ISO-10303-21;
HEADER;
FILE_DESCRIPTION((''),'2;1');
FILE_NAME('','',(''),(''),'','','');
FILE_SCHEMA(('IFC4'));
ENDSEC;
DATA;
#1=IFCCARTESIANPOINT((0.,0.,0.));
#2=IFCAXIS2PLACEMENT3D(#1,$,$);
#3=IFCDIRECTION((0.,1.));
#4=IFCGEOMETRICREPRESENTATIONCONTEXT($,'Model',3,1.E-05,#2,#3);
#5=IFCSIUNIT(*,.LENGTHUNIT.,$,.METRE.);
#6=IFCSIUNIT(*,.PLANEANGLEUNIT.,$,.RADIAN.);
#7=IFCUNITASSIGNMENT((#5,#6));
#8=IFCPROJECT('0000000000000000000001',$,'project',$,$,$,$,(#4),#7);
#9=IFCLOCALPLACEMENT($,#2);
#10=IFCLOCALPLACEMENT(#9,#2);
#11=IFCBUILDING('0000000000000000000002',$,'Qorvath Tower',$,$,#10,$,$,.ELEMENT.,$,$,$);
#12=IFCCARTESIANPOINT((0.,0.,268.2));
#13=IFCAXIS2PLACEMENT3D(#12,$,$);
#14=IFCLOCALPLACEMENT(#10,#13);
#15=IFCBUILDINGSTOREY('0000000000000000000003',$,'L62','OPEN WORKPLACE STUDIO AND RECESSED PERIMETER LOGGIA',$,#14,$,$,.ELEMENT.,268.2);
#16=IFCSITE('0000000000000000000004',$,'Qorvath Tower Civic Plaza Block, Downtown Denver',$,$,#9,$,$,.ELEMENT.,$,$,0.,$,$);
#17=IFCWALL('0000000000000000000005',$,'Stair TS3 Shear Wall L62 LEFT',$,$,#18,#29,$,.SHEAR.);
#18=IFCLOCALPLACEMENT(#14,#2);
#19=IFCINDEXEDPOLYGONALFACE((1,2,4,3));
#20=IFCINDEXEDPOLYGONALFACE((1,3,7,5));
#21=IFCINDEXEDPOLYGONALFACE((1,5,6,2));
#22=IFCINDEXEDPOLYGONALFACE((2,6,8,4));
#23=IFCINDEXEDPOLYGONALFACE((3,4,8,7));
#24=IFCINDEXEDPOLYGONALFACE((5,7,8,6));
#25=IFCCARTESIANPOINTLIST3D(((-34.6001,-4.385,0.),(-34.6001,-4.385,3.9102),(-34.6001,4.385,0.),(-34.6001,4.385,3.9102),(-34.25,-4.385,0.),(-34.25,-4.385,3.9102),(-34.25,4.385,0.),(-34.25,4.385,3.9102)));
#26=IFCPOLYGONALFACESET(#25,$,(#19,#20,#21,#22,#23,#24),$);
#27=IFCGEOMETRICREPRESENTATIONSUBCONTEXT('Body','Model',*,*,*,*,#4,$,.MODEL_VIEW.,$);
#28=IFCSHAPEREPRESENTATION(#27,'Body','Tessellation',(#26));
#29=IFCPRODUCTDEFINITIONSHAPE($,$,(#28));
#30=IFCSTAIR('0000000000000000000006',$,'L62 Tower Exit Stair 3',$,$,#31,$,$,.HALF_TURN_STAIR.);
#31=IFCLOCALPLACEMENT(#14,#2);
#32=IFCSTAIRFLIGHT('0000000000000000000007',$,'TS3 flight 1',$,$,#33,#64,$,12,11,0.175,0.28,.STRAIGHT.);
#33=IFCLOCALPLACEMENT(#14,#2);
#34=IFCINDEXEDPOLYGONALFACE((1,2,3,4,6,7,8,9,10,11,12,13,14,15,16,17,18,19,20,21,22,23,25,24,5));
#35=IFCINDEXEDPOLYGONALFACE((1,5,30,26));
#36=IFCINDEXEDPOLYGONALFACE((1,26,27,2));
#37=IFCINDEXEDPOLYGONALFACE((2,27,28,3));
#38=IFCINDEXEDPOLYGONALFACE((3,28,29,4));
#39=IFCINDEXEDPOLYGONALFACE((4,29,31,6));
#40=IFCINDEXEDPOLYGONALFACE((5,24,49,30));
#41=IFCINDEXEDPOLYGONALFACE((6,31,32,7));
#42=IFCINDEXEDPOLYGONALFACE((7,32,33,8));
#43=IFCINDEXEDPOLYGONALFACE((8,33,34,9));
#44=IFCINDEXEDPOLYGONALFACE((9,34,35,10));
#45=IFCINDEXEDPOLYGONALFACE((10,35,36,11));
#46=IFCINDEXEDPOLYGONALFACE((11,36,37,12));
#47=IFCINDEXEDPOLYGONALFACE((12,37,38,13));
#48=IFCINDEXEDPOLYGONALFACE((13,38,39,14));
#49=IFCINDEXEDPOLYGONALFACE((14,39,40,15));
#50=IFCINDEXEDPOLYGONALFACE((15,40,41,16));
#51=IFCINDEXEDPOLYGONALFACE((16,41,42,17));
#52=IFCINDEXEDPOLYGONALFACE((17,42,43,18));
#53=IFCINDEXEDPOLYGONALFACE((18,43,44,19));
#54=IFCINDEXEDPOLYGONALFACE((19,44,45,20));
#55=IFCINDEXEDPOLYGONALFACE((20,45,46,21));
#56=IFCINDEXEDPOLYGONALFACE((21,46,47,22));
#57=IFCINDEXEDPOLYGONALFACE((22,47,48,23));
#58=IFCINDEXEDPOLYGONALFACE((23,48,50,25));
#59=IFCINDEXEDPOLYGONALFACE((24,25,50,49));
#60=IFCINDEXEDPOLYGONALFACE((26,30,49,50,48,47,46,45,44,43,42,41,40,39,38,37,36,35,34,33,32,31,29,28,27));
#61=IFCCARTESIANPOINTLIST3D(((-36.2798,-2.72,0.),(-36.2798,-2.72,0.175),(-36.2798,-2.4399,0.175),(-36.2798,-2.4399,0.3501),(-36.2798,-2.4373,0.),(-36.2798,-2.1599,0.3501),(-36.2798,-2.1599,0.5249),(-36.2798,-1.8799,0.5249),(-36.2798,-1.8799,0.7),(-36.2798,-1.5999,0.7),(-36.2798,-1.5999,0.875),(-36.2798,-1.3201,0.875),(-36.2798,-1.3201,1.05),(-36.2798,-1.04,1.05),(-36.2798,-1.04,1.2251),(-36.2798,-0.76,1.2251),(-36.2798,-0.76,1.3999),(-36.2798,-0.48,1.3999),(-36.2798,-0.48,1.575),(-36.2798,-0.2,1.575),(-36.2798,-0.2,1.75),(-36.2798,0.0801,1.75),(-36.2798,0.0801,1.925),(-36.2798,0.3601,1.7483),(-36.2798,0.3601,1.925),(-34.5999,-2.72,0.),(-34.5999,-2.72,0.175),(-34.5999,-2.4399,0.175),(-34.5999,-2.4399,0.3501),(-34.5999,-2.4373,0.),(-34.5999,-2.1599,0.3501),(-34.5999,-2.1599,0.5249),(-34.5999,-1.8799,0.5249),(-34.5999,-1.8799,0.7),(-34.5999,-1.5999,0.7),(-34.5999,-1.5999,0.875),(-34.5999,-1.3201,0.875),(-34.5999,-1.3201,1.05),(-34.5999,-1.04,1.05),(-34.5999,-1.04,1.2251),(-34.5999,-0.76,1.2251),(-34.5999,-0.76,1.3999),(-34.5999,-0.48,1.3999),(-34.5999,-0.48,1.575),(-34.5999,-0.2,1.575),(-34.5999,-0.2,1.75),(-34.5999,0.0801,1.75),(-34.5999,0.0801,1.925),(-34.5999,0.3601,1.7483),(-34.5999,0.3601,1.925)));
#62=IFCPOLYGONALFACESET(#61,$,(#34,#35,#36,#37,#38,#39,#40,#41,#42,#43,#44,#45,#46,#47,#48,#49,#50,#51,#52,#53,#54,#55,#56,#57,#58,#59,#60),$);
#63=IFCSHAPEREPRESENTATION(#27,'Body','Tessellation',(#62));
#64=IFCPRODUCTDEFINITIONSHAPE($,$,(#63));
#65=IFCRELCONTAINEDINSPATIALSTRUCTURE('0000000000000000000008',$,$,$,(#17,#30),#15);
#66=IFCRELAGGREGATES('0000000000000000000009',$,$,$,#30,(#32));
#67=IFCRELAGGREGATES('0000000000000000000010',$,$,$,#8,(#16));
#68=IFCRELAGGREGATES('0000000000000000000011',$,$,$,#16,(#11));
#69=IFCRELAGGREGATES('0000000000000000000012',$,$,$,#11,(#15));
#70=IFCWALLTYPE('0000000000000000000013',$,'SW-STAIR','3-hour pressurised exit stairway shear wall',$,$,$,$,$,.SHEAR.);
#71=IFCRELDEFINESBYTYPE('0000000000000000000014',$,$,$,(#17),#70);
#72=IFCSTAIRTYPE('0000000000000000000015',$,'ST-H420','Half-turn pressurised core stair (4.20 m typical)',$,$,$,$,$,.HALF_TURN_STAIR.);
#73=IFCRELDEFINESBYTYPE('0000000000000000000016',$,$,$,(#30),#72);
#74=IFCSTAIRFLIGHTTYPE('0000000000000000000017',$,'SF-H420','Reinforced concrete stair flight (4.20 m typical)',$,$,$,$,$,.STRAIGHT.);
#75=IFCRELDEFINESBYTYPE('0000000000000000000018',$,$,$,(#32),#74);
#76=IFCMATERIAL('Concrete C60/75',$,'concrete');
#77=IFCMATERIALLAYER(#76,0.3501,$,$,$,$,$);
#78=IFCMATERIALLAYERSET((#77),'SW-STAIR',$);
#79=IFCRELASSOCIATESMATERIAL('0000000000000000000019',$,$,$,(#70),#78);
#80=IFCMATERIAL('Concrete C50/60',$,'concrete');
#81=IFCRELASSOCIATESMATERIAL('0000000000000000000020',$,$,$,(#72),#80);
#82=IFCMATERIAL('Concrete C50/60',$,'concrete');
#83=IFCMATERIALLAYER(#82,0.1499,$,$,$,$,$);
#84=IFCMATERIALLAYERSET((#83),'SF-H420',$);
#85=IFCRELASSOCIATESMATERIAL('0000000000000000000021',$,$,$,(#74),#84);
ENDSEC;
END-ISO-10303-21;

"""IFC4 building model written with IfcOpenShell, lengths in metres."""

from ifc_helpers import new_model, si_unit, direction, frame, frame_2d, origin, place, context, subcontext, project, spatial, polyline, rectangle, outline, extrude, material, layer, layer_set, type_object, element, aggregate, save


model = new_model("IFC4")

# Units and contexts
model_context = context("Model", 3, precision=1e-05, world=origin(), true_north=direction((0.0, 1.0)))
body_context = subcontext(model_context, "Body", "Model", "MODEL_VIEW")
ifc_project = project(units=[si_unit("LENGTHUNIT", "METRE"), si_unit("PLANEANGLEUNIT", "RADIAN")], contexts=[model_context])

# Site, building, storey
site_placement = place(None, origin())
site = spatial("IfcSite", under=ifc_project, at=site_placement, Name="Qorvath Tower Civic Plaza Block, Downtown Denver", CompositionType="ELEMENT", RefElevation=0.0)
building_placement = place(site_placement, origin())
building = spatial("IfcBuilding", under=site, at=building_placement, Name="Qorvath Tower", CompositionType="ELEMENT")
storey_placement = place(building_placement, frame((0.0, 0.0, 268.2)))
storey = spatial("IfcBuildingStorey", under=building, at=storey_placement, Name="L62", Description="OPEN WORKPLACE STUDIO AND RECESSED PERIMETER LOGGIA", CompositionType="ELEMENT", Elevation=268.2)

# Wall
ifc_material_1 = material(Name="Concrete C60/75", Category="concrete")
ifc_layer_1 = layer(ifc_material_1, 0.3501)
ifc_layer_set_1 = layer_set([ifc_layer_1], Name="SW-STAIR")
wall_type_1 = type_object("IfcWallType", Name="SW-STAIR", Description="3-hour pressurised exit stairway shear wall", PredefinedType="SHEAR", material=ifc_layer_set_1)
wall_1_placement = place(storey_placement, frame((-34.425, -4.385, 0.0), z_axis=(0.0, 0.0, 1.0), x_axis=(0.0, 1.0, 0.0)))
element("IfcWall", 1, at=wall_1_placement, inside=storey, type_object=wall_type_1, Name="Stair TS3 Shear Wall L62 LEFT", PredefinedType="SHEAR", context=body_context, shape_type="SweptSolid", body=[
    extrude(rectangle(XDim=8.77, YDim=0.3501, at=frame_2d((4.385, 0.0))), origin(), (0.0, 0.0, 1.0), 3.9102),
])

# Stair, stair flight
ifc_material_2 = material(Name="Concrete C50/60", Category="concrete")
stair_type = type_object("IfcStairType", Name="ST-H420", Description="Half-turn pressurised core stair (4.20 m typical)", PredefinedType="HALF_TURN_STAIR", material=ifc_material_2)
stair_placement = place(storey_placement, origin())
stair = element("IfcStair", 2, at=stair_placement, inside=storey, type_object=stair_type, Name="L62 Tower Exit Stair 3", PredefinedType="HALF_TURN_STAIR")
ifc_material_3 = material(Name="Concrete C50/60", Category="concrete")
ifc_layer_2 = layer(ifc_material_3, 0.1499)
ifc_layer_set_2 = layer_set([ifc_layer_2], Name="SF-H420")
stair_flight_type = type_object("IfcStairFlightType", Name="SF-H420", Description="Reinforced concrete stair flight (4.20 m typical)", PredefinedType="STRAIGHT", material=ifc_layer_set_2)
stair_flight_placement = place(storey_placement, frame((-35.4399, -2.72, 0.0), z_axis=(0.0, 0.0, 1.0), x_axis=(0.0, 1.0, 0.0)))
stair_flight = element("IfcStairFlight", 3, at=stair_flight_placement, type_object=stair_flight_type, Name="TS3 flight 1", NumberOfRisers=12, NumberOfTreads=11, PredefinedType="STRAIGHT", RiserHeight=0.175, TreadLength=0.28, context=body_context, shape_type="SweptSolid", body=[
    extrude(outline(polyline([(0.0, 0.0), (0.0, 0.175), (0.28, 0.175), (0.28, 0.3501), (0.5601, 0.3501), (0.5601, 0.5249), (0.8401, 0.5249), (0.8401, 0.7), (1.1201, 0.7), (1.1201, 0.875), (1.3999, 0.875), (1.3999, 1.05), (1.6799, 1.05), (1.6799, 1.2251), (1.96, 1.2251), (1.96, 1.3999), (2.24, 1.3999), (2.24, 1.575), (2.52, 1.575), (2.52, 1.75), (2.8, 1.75), (2.8, 1.925), (3.0801, 1.925), (3.0801, 2.1001), (3.0801, 1.7483), (0.2827, 0.0), (0.0, 0.0)])), frame((0.0, 0.8398, 0.0), z_axis=(0.0, -1.0, 0.0), x_axis=(1.0, 0.0, 0.0)), (0.0, 0.0, 1.0), 1.6799),
])
aggregate(stair, [stair_flight])

save(model, "model.ifc")
